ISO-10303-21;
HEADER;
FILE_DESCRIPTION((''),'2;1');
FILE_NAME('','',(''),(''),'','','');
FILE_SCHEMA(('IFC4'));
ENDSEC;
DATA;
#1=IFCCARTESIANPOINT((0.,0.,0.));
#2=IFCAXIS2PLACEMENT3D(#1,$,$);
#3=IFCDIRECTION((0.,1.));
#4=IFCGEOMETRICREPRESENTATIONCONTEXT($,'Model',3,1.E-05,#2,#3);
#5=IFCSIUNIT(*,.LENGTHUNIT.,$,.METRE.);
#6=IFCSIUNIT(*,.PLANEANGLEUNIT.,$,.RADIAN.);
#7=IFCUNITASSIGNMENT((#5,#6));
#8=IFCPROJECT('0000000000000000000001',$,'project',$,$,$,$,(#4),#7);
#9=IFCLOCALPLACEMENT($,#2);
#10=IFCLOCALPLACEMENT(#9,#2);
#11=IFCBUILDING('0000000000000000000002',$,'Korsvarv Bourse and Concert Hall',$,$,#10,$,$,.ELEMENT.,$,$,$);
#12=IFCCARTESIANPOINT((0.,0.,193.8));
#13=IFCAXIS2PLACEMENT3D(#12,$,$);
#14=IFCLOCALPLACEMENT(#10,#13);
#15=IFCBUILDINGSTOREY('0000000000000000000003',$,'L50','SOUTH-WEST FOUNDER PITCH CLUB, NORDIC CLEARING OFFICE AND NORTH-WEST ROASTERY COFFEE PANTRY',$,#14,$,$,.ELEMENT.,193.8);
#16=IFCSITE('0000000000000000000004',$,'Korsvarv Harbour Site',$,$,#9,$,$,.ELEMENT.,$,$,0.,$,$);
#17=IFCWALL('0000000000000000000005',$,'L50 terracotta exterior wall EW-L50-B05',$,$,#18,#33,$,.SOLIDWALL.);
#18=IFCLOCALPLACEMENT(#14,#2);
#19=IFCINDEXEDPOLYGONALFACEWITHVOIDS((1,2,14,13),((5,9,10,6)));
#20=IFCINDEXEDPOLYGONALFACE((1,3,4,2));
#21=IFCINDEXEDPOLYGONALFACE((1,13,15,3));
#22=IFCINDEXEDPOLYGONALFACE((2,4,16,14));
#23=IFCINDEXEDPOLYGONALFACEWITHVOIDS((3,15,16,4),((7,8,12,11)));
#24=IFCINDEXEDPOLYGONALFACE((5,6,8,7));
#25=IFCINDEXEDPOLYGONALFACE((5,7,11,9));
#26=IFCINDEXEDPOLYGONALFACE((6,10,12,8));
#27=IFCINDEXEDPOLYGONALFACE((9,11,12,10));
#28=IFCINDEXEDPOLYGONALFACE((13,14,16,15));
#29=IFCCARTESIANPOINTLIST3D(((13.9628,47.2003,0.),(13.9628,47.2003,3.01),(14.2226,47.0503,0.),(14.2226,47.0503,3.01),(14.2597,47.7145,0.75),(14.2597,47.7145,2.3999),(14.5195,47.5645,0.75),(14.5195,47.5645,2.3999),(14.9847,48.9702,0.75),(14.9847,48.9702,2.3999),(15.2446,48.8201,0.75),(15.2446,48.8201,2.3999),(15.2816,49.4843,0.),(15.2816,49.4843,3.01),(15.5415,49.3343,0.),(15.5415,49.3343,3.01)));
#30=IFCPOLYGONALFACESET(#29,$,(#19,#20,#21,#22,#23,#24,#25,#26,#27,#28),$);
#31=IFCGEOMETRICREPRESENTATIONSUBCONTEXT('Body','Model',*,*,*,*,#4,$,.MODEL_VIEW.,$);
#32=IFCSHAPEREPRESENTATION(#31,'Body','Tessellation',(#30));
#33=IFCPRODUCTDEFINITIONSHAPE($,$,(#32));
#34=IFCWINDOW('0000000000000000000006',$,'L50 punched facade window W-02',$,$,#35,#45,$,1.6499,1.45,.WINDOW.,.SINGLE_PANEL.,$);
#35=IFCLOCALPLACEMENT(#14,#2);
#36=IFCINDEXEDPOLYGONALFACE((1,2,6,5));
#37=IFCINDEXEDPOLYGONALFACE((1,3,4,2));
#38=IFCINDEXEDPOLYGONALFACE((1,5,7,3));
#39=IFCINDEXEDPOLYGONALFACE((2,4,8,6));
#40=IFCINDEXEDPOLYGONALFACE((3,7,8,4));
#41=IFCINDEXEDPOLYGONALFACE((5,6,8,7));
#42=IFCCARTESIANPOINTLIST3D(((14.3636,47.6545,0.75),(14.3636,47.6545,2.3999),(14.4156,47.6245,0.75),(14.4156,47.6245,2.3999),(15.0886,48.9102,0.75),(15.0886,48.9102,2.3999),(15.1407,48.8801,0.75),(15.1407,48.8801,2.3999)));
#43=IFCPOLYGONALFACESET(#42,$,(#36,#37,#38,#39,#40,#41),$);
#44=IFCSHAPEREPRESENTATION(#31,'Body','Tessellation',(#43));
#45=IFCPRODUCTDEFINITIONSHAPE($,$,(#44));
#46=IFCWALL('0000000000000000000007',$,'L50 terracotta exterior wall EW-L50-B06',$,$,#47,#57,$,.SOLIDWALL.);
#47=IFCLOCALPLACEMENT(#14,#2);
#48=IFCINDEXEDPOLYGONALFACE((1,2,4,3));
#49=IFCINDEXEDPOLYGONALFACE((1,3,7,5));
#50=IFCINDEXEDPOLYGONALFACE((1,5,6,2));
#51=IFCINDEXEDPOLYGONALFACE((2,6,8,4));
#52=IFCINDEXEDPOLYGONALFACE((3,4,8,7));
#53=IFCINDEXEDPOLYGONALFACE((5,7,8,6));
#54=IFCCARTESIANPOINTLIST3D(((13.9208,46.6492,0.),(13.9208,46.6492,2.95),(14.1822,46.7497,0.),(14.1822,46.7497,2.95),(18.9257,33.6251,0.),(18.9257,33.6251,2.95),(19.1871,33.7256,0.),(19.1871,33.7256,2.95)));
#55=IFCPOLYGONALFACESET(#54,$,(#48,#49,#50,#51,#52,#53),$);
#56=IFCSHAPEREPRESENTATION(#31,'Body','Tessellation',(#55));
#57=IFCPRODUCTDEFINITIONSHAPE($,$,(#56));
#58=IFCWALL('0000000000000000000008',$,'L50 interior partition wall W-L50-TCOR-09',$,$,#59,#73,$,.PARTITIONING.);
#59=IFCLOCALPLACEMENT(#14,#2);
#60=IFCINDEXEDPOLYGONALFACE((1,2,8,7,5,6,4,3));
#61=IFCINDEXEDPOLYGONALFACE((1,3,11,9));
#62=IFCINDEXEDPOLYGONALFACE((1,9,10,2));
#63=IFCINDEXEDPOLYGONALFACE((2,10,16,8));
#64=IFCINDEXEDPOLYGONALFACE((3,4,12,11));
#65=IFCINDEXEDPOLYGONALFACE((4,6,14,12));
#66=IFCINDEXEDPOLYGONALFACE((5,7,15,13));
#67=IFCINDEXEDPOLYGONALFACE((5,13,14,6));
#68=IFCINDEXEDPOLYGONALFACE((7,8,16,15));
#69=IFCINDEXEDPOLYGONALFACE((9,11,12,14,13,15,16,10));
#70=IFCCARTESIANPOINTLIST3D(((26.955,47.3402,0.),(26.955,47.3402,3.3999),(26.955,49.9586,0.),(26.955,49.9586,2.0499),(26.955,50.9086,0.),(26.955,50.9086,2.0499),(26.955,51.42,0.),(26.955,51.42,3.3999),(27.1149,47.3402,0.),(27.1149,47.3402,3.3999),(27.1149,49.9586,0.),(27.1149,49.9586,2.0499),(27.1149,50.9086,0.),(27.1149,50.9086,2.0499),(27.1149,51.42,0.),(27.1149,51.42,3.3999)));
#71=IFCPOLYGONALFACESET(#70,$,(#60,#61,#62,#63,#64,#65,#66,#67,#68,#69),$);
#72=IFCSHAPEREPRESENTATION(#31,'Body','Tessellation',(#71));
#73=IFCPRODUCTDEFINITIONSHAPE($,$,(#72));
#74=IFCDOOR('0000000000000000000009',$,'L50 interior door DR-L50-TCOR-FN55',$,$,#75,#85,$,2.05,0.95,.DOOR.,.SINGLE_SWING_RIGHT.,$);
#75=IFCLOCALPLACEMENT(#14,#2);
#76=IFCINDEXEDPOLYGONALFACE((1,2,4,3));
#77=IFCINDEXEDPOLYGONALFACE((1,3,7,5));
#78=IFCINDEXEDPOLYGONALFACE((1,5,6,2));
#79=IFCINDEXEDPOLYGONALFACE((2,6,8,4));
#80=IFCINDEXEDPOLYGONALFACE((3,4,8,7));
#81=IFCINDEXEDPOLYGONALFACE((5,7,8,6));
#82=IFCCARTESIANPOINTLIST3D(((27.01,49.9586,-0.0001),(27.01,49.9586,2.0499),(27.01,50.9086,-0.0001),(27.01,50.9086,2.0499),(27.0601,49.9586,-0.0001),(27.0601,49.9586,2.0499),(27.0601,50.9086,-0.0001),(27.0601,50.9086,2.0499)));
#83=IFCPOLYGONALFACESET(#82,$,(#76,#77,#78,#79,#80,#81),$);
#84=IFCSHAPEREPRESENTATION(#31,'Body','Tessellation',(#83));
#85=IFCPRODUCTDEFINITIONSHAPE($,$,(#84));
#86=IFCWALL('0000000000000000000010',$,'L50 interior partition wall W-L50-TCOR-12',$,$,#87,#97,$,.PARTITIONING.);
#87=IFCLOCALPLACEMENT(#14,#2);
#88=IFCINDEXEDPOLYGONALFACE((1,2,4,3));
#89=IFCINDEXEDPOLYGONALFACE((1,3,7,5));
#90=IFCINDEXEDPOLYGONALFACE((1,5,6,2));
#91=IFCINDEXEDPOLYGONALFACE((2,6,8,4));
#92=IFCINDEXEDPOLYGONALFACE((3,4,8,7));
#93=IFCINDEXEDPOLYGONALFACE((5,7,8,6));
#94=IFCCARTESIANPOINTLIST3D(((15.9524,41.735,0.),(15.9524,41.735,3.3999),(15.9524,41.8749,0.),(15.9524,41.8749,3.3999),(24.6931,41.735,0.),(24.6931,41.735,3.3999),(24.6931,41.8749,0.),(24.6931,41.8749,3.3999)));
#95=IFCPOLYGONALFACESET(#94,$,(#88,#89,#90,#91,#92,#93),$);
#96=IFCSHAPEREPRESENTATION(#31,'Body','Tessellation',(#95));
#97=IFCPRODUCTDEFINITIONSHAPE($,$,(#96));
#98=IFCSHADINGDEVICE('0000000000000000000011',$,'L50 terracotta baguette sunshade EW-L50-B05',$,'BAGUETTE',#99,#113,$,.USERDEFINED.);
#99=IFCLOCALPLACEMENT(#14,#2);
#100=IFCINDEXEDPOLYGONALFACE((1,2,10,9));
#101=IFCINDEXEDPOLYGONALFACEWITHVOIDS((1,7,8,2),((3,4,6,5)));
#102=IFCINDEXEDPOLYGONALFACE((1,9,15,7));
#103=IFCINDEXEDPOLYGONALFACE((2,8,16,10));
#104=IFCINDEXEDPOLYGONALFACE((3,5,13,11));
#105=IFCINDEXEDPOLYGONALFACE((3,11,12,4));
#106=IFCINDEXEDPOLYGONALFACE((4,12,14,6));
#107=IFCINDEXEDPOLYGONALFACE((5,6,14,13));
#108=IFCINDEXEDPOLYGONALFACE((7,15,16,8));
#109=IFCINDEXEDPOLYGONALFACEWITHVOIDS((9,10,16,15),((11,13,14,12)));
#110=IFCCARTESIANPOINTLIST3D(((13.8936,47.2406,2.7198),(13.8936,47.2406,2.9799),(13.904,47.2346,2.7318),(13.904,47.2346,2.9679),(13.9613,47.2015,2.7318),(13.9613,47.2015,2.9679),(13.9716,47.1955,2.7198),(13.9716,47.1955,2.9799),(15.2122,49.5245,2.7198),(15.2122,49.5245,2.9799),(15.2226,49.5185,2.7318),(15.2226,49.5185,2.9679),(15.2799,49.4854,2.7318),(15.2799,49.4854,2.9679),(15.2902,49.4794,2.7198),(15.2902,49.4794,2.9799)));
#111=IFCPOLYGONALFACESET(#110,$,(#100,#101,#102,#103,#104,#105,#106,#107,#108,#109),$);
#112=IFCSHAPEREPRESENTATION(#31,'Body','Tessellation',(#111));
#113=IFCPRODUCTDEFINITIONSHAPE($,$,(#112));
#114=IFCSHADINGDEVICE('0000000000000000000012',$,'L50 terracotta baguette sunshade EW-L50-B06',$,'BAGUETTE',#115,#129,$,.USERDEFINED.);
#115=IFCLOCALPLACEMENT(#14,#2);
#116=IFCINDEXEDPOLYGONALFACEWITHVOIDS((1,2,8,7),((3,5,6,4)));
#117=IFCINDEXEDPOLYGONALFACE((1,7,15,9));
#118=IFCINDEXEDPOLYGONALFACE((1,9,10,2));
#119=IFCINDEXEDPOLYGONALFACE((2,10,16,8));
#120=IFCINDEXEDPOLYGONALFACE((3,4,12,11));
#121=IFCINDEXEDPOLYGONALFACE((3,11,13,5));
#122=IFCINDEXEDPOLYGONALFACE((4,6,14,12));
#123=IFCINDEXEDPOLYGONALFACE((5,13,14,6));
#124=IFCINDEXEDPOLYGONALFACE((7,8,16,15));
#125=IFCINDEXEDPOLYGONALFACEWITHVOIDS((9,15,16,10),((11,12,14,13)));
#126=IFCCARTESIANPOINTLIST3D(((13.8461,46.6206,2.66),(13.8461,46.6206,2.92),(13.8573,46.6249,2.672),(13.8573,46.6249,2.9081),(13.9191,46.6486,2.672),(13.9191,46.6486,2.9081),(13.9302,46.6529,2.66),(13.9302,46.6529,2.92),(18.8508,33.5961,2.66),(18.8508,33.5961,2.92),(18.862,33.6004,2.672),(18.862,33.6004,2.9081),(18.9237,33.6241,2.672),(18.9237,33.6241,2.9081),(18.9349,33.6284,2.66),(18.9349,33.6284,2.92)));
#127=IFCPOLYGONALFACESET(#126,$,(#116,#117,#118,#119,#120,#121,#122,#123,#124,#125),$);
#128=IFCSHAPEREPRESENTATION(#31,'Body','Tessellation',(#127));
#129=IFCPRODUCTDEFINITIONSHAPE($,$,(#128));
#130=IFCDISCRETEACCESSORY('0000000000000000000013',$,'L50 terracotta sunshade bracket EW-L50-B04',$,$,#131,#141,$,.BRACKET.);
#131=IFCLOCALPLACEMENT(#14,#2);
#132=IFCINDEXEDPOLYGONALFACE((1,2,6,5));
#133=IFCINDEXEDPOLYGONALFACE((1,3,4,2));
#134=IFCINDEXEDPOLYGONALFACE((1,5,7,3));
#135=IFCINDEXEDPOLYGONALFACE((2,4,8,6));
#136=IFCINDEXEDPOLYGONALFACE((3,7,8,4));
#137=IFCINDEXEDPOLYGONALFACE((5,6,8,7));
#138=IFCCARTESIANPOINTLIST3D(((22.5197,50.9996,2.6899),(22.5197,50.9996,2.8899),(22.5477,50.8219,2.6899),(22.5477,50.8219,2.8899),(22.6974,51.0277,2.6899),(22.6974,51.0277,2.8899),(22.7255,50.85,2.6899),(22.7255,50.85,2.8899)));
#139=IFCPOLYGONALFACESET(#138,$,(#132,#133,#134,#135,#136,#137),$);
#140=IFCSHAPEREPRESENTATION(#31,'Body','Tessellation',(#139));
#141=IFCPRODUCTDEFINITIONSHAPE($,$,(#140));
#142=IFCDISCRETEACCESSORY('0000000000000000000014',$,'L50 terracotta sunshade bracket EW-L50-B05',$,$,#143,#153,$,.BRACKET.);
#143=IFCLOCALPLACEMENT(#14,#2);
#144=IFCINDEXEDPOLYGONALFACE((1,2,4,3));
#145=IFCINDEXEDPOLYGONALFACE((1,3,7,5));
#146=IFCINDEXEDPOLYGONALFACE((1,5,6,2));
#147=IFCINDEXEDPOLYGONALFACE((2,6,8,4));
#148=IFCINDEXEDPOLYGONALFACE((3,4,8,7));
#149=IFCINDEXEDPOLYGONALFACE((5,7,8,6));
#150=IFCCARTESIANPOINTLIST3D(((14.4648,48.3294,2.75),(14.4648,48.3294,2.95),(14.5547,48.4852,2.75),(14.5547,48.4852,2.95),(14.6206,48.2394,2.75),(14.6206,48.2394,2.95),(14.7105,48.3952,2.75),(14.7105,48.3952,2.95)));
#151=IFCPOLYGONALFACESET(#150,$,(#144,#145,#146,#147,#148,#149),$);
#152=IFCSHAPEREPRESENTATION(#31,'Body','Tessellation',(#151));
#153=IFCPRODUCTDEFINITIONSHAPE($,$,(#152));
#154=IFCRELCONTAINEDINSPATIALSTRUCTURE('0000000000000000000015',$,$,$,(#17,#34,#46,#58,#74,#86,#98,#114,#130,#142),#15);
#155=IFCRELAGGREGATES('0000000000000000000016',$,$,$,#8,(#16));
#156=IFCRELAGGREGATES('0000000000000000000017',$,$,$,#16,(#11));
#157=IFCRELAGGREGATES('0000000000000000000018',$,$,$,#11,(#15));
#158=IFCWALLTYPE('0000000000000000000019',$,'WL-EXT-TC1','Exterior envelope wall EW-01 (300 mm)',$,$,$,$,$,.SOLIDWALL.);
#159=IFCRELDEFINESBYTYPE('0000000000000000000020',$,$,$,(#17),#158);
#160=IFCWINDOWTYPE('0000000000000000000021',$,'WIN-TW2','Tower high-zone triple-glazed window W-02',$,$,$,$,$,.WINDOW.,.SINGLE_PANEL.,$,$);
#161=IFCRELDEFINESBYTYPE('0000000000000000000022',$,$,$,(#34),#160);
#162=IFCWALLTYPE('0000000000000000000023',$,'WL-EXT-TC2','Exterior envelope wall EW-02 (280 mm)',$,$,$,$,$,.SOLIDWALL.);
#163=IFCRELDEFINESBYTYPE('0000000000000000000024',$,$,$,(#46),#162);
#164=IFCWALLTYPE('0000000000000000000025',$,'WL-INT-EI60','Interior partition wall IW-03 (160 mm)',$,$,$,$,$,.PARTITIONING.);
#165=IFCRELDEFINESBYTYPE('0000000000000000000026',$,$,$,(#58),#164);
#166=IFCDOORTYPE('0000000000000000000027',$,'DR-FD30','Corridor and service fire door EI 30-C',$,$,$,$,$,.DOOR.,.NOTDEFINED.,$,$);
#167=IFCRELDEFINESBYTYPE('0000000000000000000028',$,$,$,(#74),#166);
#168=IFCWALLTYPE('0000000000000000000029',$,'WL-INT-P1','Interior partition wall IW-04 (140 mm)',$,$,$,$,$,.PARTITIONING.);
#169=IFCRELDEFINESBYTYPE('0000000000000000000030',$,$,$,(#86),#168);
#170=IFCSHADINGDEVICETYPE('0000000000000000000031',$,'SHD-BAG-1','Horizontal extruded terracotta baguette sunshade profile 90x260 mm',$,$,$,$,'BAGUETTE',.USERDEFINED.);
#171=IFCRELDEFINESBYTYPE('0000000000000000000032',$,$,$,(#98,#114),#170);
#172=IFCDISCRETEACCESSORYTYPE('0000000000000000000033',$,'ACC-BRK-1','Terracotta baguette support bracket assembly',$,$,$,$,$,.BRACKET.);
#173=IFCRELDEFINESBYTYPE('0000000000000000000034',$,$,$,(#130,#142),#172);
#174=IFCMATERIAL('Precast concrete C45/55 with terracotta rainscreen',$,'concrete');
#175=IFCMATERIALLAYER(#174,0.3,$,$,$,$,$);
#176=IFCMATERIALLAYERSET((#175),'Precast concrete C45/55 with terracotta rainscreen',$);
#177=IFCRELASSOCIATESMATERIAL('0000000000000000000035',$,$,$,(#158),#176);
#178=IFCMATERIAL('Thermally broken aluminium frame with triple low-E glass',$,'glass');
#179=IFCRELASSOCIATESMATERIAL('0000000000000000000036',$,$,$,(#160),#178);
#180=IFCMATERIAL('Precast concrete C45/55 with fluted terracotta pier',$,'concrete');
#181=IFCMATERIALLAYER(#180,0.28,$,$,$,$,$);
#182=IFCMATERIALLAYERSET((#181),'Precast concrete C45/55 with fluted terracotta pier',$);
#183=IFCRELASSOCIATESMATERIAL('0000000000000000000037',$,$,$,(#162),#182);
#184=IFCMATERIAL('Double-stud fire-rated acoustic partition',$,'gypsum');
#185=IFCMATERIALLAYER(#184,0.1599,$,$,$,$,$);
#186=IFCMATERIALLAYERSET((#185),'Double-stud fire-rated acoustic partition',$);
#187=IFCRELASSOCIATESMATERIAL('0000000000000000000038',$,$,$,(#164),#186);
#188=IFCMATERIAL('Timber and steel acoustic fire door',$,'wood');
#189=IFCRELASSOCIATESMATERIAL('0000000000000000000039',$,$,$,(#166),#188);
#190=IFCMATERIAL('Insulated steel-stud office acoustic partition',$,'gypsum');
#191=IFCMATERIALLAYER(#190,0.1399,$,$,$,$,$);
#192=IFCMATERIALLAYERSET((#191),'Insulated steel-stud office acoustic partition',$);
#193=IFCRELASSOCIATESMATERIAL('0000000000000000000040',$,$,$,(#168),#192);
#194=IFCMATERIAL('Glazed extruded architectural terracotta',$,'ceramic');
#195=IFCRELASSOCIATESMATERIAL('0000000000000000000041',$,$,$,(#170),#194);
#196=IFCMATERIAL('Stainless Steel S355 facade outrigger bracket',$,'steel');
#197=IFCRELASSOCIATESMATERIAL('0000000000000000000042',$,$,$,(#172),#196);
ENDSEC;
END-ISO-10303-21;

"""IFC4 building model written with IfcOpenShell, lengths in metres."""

from ifc_helpers import new_model, si_unit, direction, frame, frame_2d, origin, origin_2d, place, context, subcontext, project, spatial, rectangle, hollow_rectangle, extrude, source, transform, mapped, material, layer, layer_set, material_profile, profile_set, type_object, element, fill, save


model = new_model("IFC4")

# Units and contexts
model_context = context("Model", 3, precision=1e-05, world=origin(), true_north=direction((0.0, 1.0)))
body_context = subcontext(model_context, "Body", "Model", "MODEL_VIEW")
ifc_project = project(units=[si_unit("LENGTHUNIT", "METRE"), si_unit("PLANEANGLEUNIT", "RADIAN")], contexts=[model_context])

# Site, building, storey
site_placement = place(None, origin())
site = spatial("IfcSite", under=ifc_project, at=site_placement, Name="Korsvarv Harbour Site", CompositionType="ELEMENT", RefElevation=0.0)
building_placement = place(site_placement, origin())
building = spatial("IfcBuilding", under=site, at=building_placement, Name="Korsvarv Bourse and Concert Hall", CompositionType="ELEMENT")
storey_placement = place(building_placement, frame((0.0, 0.0, 193.8)))
storey = spatial("IfcBuildingStorey", under=building, at=storey_placement, Name="L50", Description="SOUTH-WEST FOUNDER PITCH CLUB, NORDIC CLEARING OFFICE AND NORTH-WEST ROASTERY COFFEE PANTRY", CompositionType="ELEMENT", Elevation=193.8)

# Wall, opening, window
ifc_material_1 = material(Name="Precast concrete C45/55 with terracotta rainscreen", Category="concrete")
ifc_layer_1 = layer(ifc_material_1, 0.3)
ifc_layer_set_1 = layer_set([ifc_layer_1], Name="Precast concrete C45/55 with terracotta rainscreen")
wall_type_1 = type_object("IfcWallType", Name="WL-EXT-TC1", Description="Exterior envelope wall EW-01 (300 mm)", PredefinedType="SOLIDWALL", material=ifc_layer_set_1)
wall_1_placement = place(storey_placement, frame((15.4116, 49.4094, 0.0), z_axis=(0.0, 0.0, 1.0), x_axis=(-0.500062, -0.86599, 0.0)))
wall_1 = element("IfcWall", 1, at=wall_1_placement, inside=storey, type_object=wall_type_1, Name="L50 terracotta exterior wall EW-L50-B05", PredefinedType="SOLIDWALL", context=body_context, shape_type="SweptSolid", body=[
    extrude(rectangle(XDim=2.6375, YDim=0.3, at=frame_2d((1.3188, 0.0))), origin(), (0.0, 0.0, 1.0), 3.01),
])
opening_1_placement = place(wall_1_placement, frame((0.5938, 0.0, 0.75)))
opening_1 = element("IfcOpeningElement", 2, at=opening_1_placement, cuts=wall_1, PredefinedType="OPENING", context=body_context, shape_type="SweptSolid", body=[
    extrude(rectangle(XDim=1.45, YDim=1.6499, at=frame_2d((0.7251, 0.825))), frame((0.0, 0.1602, 0.0), z_axis=(0.0, -1.0, 0.0), x_axis=(1.0, 0.0, 0.0)), (0.0, 0.0, 1.0), 0.3201),
])
ifc_material_2 = material(Name="Thermally broken aluminium frame with triple low-E glass", Category="glass")
window_type = type_object("IfcWindowType", Name="WIN-TW2", Description="Tower high-zone triple-glazed window W-02", PartitioningType="SINGLE_PANEL", PredefinedType="WINDOW", material=ifc_material_2)
window_placement = place(opening_1_placement, origin())
window = element("IfcWindow", 3, at=window_placement, inside=storey, type_object=window_type, Name="L50 punched facade window W-02", OverallHeight=1.6499, OverallWidth=1.45, PartitioningType="SINGLE_PANEL", PredefinedType="WINDOW", context=body_context, shape_type="SweptSolid", body=[
    extrude(rectangle(XDim=1.45, YDim=1.6499, at=frame_2d((0.7251, 0.825))), frame((0.0, 0.03, 0.0), z_axis=(0.0, -1.0, 0.0), x_axis=(1.0, 0.0, 0.0)), (0.0, 0.0, 1.0), 0.0601),
])
fill(opening_1, window)

# Wall
ifc_material_3 = material(Name="Precast concrete C45/55 with fluted terracotta pier", Category="concrete")
ifc_layer_2 = layer(ifc_material_3, 0.28)
ifc_layer_set_2 = layer_set([ifc_layer_2], Name="Precast concrete C45/55 with fluted terracotta pier")
wall_type_2 = type_object("IfcWallType", Name="WL-EXT-TC2", Description="Exterior envelope wall EW-02 (280 mm)", PredefinedType="SOLIDWALL", material=ifc_layer_set_2)
wall_2_placement = place(storey_placement, frame((14.0515, 46.6995, 0.0), z_axis=(0.0, 0.0, 1.0), x_axis=(0.358704, -0.933452, 0.0)))
element("IfcWall", 4, at=wall_2_placement, inside=storey, type_object=wall_type_2, Name="L50 terracotta exterior wall EW-L50-B06", PredefinedType="SOLIDWALL", context=body_context, shape_type="SweptSolid", body=[
    extrude(rectangle(XDim=13.9526, YDim=0.28, at=frame_2d((6.9763, 0.0))), origin(), (0.0, 0.0, 1.0), 2.95),
])

# Wall, opening, door
ifc_material_4 = material(Name="Double-stud fire-rated acoustic partition", Category="gypsum")
ifc_layer_3 = layer(ifc_material_4, 0.1599)
ifc_layer_set_3 = layer_set([ifc_layer_3], Name="Double-stud fire-rated acoustic partition")
wall_type_3 = type_object("IfcWallType", Name="WL-INT-EI60", Description="Interior partition wall IW-03 (160 mm)", PredefinedType="PARTITIONING", material=ifc_layer_set_3)
wall_3_placement = place(storey_placement, frame((27.0349, 47.3401, 0.0), z_axis=(0.0, 0.0, 1.0), x_axis=(0.0, 1.0, 0.0)))
wall_3 = element("IfcWall", 5, at=wall_3_placement, inside=storey, type_object=wall_type_3, Name="L50 interior partition wall W-L50-TCOR-09", PredefinedType="PARTITIONING", context=body_context, shape_type="SweptSolid", body=[
    extrude(rectangle(XDim=4.0798, YDim=0.1599, at=frame_2d((2.04, 0.0))), origin(), (0.0, 0.0, 1.0), 3.3999),
])
opening_2_placement = place(wall_3_placement, frame((2.6184, 0.0, 0.0)))
opening_2 = element("IfcOpeningElement", 6, at=opening_2_placement, cuts=wall_3, PredefinedType="OPENING", context=body_context, shape_type="SweptSolid", body=[
    extrude(rectangle(XDim=0.95, YDim=2.05, at=frame_2d((0.4751, 1.0249))), frame((0.0, 0.0898, 0.0), z_axis=(0.0, -1.0, 0.0), x_axis=(1.0, 0.0, 0.0)), (0.0, 0.0, 1.0), 0.1799),
])
ifc_material_5 = material(Name="Timber and steel acoustic fire door", Category="wood")
door_type = type_object("IfcDoorType", Name="DR-FD30", Description="Corridor and service fire door EI 30-C", OperationType="NOTDEFINED", PredefinedType="DOOR", material=ifc_material_5)
door_placement = place(opening_2_placement, origin())
door = element("IfcDoor", 7, at=door_placement, inside=storey, type_object=door_type, Name="L50 interior door DR-L50-TCOR-FN55", OperationType="SINGLE_SWING_RIGHT", OverallHeight=2.05, OverallWidth=0.95, PredefinedType="DOOR", context=body_context, shape_type="SweptSolid", body=[
    extrude(rectangle(XDim=0.95, YDim=2.05, at=frame_2d((0.4751, 1.0249))), frame((0.0, 0.0249, 0.0), z_axis=(0.0, -1.0, 0.0), x_axis=(1.0, 0.0, 0.0)), (0.0, 0.0, 1.0), 0.05),
])
fill(opening_2, door)

# Wall
ifc_material_6 = material(Name="Insulated steel-stud office acoustic partition", Category="gypsum")
ifc_layer_4 = layer(ifc_material_6, 0.1399)
ifc_layer_set_4 = layer_set([ifc_layer_4], Name="Insulated steel-stud office acoustic partition")
wall_type_4 = type_object("IfcWallType", Name="WL-INT-P1", Description="Interior partition wall IW-04 (140 mm)", PredefinedType="PARTITIONING", material=ifc_layer_set_4)
wall_4_placement = place(storey_placement, frame((15.9524, 41.8049, 0.0), z_axis=(0.0, 0.0, 1.0), x_axis=(1.0, 0.0, 0.0)))
element("IfcWall", 8, at=wall_4_placement, inside=storey, type_object=wall_type_4, Name="L50 interior partition wall W-L50-TCOR-12", PredefinedType="PARTITIONING", context=body_context, shape_type="SweptSolid", body=[
    extrude(rectangle(XDim=8.7407, YDim=0.1399, at=frame_2d((4.3704, 0.0))), origin(), (0.0, 0.0, 1.0), 3.3999),
])

# Shading devices
ifc_material_7 = material(Name="Glazed extruded architectural terracotta", Category="ceramic")
ifc_material_profile_1 = material_profile(ifc_material_7, hollow_rectangle(XDim=0.0901, YDim=0.26, WallThickness=0.012, at=origin_2d()), Name="TC-BAG 90x260")
ifc_profile_set_1 = profile_set([ifc_material_profile_1], Name="Glazed extruded architectural terracotta")
shading_device_type = type_object("IfcShadingDeviceType", Name="SHD-BAG-1", Description="Horizontal extruded terracotta baguette sunshade profile 90x260 mm", ElementType="BAGUETTE", PredefinedType="USERDEFINED", material=ifc_profile_set_1)
shared_shape_1 = source(origin(), body_context, "Body", "SweptSolid", [
    extrude(hollow_rectangle(XDim=0.0901, YDim=0.26, WallThickness=0.012, at=origin_2d()), origin(), (0.0, 0.0, 1.0), 2.6372),
])
shading_device_1_placement = place(storey_placement, frame((15.2512, 49.502, 2.8499), z_axis=(-0.499992, -0.86603, 0.0), x_axis=(0.86603, -0.499992, 0.0)))
element("IfcShadingDevice", 9, at=shading_device_1_placement, inside=storey, type_object=shading_device_type, Name="L50 terracotta baguette sunshade EW-L50-B05", ObjectType="BAGUETTE", PredefinedType="USERDEFINED", context=body_context, shape_type="MappedRepresentation", body=[
    mapped(shared_shape_1, transform((0.0, 0.0, 0.0), scale=1.0)),
])
shared_shape_2 = source(origin(), body_context, "Body", "SweptSolid", [
    extrude(hollow_rectangle(XDim=0.0901, YDim=0.26, WallThickness=0.012, at=origin_2d()), origin(), (0.0, 0.0, 1.0), 13.9529),
])
shading_device_2_placement = place(storey_placement, frame((13.8882, 46.6367, 2.79), z_axis=(0.358682, -0.93346, 0.0), x_axis=(0.93346, 0.358682, 0.0)))
element("IfcShadingDevice", 10, at=shading_device_2_placement, inside=storey, type_object=shading_device_type, Name="L50 terracotta baguette sunshade EW-L50-B06", ObjectType="BAGUETTE", PredefinedType="USERDEFINED", context=body_context, shape_type="MappedRepresentation", body=[
    mapped(shared_shape_2, transform((0.0, 0.0, 0.0), scale=1.0)),
])

# Discrete accessories
ifc_material_8 = material(Name="Stainless Steel S355 facade outrigger bracket", Category="steel")
discrete_accessory_type = type_object("IfcDiscreteAccessoryType", Name="ACC-BRK-1", Description="Terracotta baguette support bracket assembly", PredefinedType="BRACKET", material=ifc_material_8)
shared_shape_3 = source(origin(), body_context, "Body", "SweptSolid", [
    extrude(rectangle(XDim=0.1799, YDim=0.1799, at=origin_2d()), origin(), (0.0, 0.0, 1.0), 0.2),
])
for number, where, z_axis, x_axis, name in (
    (11, (22.6226, 50.9248, 2.6899), (0.0, 0.0, 1.0), (-0.987743, -0.15609, 0.0), "L50 terracotta sunshade bracket EW-L50-B04"),
    (12, (14.5876, 48.3623, 2.75), (0.0, 0.0, 1.0), (-0.5, -0.866025, 0.0), "L50 terracotta sunshade bracket EW-L50-B05"),
):
    element("IfcDiscreteAccessory", number, at=place(storey_placement, frame(where, z_axis=z_axis, x_axis=x_axis)), inside=storey, type_object=discrete_accessory_type, Name=name, PredefinedType="BRACKET", context=body_context, shape_type="MappedRepresentation", body=[
        mapped(shared_shape_3, transform((0.0, 0.0, 0.0), scale=1.0)),
    ])

save(model, "model.ifc")
